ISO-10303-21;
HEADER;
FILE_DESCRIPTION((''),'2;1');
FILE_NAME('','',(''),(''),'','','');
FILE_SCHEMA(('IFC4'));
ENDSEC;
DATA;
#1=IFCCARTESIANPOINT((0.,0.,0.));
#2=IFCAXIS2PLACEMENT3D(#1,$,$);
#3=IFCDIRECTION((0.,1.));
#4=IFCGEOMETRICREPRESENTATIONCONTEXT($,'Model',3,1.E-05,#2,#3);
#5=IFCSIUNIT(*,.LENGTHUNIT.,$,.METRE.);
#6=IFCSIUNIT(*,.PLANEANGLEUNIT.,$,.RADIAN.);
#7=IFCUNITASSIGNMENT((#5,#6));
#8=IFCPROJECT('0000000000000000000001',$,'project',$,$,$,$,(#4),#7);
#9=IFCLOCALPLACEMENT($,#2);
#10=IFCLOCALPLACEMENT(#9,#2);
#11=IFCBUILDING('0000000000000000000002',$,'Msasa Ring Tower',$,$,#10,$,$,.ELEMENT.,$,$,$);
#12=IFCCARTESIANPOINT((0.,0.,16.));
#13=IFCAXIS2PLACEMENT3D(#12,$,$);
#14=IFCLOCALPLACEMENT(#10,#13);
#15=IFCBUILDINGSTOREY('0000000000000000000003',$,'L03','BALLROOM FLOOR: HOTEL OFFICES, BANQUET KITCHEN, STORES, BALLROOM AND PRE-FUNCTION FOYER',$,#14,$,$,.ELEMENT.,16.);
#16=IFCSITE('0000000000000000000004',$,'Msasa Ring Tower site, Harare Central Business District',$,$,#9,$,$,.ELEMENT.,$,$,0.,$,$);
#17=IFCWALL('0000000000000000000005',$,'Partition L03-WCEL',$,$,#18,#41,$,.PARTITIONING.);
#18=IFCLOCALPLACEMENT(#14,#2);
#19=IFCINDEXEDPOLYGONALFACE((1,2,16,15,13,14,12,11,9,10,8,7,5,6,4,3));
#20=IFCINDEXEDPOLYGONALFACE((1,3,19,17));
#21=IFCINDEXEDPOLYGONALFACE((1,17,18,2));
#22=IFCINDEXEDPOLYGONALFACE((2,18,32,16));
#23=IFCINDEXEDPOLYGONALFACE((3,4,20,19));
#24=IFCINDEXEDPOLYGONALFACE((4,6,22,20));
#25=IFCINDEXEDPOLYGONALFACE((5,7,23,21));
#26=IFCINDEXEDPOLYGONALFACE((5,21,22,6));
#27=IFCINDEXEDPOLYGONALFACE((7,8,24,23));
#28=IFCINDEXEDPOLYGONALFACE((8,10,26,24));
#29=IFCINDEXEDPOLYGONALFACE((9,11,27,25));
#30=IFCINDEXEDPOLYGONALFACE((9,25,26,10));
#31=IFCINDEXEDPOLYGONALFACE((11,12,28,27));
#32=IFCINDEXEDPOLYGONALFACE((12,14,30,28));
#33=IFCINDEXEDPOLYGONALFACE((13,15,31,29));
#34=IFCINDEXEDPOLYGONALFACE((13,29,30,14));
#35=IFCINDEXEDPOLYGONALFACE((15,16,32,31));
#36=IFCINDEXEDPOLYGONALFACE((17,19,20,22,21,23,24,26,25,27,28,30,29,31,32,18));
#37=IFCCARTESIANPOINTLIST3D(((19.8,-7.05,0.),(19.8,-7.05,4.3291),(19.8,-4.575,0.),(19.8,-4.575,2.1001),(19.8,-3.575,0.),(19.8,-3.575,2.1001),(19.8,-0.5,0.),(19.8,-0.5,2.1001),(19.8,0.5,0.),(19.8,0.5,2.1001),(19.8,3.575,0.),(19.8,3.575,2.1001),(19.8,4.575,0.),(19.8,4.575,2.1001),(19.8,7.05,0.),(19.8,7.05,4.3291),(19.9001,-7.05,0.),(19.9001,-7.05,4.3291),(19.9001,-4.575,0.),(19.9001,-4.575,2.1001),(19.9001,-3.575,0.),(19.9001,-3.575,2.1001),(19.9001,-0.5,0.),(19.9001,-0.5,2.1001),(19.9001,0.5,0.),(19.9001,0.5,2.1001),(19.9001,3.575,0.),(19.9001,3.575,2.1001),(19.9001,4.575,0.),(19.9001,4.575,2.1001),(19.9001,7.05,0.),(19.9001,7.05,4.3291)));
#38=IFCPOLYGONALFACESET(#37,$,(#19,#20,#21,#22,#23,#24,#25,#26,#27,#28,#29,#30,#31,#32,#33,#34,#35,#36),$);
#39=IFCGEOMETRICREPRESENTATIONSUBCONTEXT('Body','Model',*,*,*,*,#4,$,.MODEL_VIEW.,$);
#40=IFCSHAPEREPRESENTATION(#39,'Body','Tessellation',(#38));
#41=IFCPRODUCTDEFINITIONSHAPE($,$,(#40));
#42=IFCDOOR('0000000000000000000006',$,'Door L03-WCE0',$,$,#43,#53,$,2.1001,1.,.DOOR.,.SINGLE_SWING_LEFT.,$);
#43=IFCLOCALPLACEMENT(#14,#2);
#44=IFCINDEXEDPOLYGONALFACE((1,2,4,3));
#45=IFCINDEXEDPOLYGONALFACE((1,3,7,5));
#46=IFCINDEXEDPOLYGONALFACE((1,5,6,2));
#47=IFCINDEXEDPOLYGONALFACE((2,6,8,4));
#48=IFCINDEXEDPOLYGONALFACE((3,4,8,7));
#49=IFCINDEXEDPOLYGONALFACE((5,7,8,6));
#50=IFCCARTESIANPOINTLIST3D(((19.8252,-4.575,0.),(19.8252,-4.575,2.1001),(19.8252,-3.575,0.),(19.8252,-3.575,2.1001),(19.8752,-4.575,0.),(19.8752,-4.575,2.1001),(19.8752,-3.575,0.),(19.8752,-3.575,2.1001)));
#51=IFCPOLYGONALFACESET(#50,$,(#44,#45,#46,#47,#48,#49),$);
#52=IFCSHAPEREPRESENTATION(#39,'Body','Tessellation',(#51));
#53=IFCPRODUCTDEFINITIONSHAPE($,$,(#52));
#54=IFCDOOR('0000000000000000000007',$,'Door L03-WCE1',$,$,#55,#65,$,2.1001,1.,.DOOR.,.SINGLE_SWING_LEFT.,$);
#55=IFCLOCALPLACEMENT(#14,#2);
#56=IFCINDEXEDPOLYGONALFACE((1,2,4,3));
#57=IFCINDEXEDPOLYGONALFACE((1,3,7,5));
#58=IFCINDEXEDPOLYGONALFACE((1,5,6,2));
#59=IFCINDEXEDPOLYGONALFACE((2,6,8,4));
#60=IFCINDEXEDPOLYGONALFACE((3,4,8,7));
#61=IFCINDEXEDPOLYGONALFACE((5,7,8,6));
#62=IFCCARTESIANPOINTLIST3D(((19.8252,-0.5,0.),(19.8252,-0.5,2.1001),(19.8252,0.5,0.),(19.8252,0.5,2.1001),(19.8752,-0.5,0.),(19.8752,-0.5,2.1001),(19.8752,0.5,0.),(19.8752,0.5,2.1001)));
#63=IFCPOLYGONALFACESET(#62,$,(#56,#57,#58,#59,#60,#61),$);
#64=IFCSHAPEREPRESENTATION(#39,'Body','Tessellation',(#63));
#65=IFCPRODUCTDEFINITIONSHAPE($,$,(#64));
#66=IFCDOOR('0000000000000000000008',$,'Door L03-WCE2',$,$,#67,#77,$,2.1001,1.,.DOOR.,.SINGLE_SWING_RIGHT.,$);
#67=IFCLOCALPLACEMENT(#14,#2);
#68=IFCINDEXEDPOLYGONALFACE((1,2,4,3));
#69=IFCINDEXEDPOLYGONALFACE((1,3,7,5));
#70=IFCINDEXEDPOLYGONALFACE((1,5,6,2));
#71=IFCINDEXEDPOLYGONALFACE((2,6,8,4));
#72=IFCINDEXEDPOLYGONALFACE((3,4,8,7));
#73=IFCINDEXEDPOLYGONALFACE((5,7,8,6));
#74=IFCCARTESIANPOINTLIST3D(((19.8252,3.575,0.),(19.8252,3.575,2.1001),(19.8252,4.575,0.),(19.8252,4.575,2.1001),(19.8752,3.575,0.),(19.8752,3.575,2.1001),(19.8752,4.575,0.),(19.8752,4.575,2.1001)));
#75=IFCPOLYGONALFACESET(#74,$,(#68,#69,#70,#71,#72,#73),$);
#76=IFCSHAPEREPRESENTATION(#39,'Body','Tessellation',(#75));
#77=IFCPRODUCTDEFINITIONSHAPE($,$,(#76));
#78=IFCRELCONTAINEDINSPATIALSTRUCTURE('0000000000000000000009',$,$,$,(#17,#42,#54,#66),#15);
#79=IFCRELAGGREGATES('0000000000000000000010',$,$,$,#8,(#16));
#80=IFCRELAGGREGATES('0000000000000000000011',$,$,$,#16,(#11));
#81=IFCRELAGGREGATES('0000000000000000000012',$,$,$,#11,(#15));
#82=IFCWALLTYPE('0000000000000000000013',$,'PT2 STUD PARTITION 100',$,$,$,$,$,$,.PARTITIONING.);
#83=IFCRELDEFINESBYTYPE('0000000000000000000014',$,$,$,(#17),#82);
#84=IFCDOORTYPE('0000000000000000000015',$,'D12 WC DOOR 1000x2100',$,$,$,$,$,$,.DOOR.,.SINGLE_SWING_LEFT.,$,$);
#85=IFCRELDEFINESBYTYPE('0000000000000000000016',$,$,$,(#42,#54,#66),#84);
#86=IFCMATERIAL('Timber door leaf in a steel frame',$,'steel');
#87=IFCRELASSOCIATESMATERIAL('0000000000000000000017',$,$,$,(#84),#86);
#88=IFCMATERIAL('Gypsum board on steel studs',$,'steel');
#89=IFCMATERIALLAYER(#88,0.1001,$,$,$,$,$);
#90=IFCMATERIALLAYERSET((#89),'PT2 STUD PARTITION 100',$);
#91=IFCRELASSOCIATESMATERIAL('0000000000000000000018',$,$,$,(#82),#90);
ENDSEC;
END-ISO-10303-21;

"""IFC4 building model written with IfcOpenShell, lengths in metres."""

from ifc_helpers import new_model, si_unit, direction, frame, frame_2d, origin, place, context, subcontext, project, spatial, rectangle, extrude, material, layer, layer_set, type_object, element, fill, save


model = new_model("IFC4")

# Units and contexts
model_context = context("Model", 3, precision=1e-05, world=origin(), true_north=direction((0.0, 1.0)))
body_context = subcontext(model_context, "Body", "Model", "MODEL_VIEW")
ifc_project = project(units=[si_unit("LENGTHUNIT", "METRE"), si_unit("PLANEANGLEUNIT", "RADIAN")], contexts=[model_context])

# Site, building, storey
site_placement = place(None, origin())
site = spatial("IfcSite", under=ifc_project, at=site_placement, Name="Msasa Ring Tower site, Harare Central Business District", CompositionType="ELEMENT", RefElevation=0.0)
building_placement = place(site_placement, origin())
building = spatial("IfcBuilding", under=site, at=building_placement, Name="Msasa Ring Tower", CompositionType="ELEMENT")
storey_placement = place(building_placement, frame((0.0, 0.0, 16.0)))
storey = spatial("IfcBuildingStorey", under=building, at=storey_placement, Name="L03", Description="BALLROOM FLOOR: HOTEL OFFICES, BANQUET KITCHEN, STORES, BALLROOM AND PRE-FUNCTION FOYER", CompositionType="ELEMENT", Elevation=16.0)

# Shared definitions
ifc_material_1 = material(Name="Timber door leaf in a steel frame", Category="steel")
door_type_1 = type_object("IfcDoorType", Name="D12 WC DOOR 1000x2100", OperationType="SINGLE_SWING_LEFT", PredefinedType="DOOR", material=ifc_material_1)

# Shared definitions
ifc_material_2 = material(Name="Gypsum board on steel studs", Category="steel")
ifc_layer_1 = layer(ifc_material_2, 0.1001)
ifc_layer_set_1 = layer_set([ifc_layer_1], Name="PT2 STUD PARTITION 100")
wall_type_1 = type_object("IfcWallType", Name="PT2 STUD PARTITION 100", PredefinedType="PARTITIONING", material=ifc_layer_set_1)

# Wall, openings, doors
wall_1_placement = place(storey_placement, frame((19.8501, -7.05, 0.0), z_axis=(0.0, 0.0, 1.0), x_axis=(0.0, 1.0, 0.0)))
wall_1 = element("IfcWall", 1, at=wall_1_placement, inside=storey, type_object=wall_type_1, Name="Partition L03-WCEL", PredefinedType="PARTITIONING", context=body_context, shape_type="SweptSolid", body=[
    extrude(rectangle(XDim=14.1001, YDim=0.1001, at=frame_2d((7.05, 0.0))), origin(), (0.0, 0.0, 1.0), 4.3291),
])
opening_1_placement = place(wall_1_placement, frame((2.4751, 0.0, 0.0)))
opening_1 = element("IfcOpeningElement", 2, at=opening_1_placement, cuts=wall_1, PredefinedType="OPENING", context=body_context, shape_type="SweptSolid", body=[
    extrude(rectangle(XDim=1.0, YDim=2.1001, at=frame_2d((0.5, 1.05))), frame((0.0, 0.0601, 0.0), z_axis=(0.0, -1.0, 0.0), x_axis=(1.0, 0.0, 0.0)), (0.0, 0.0, 1.0), 0.1201),
])
opening_2_placement = place(wall_1_placement, frame((6.55, 0.0, 0.0)))
opening_2 = element("IfcOpeningElement", 3, at=opening_2_placement, cuts=wall_1, PredefinedType="OPENING", context=body_context, shape_type="SweptSolid", body=[
    extrude(rectangle(XDim=1.0, YDim=2.1001, at=frame_2d((0.5, 1.05))), frame((0.0, 0.0601, 0.0), z_axis=(0.0, -1.0, 0.0), x_axis=(1.0, 0.0, 0.0)), (0.0, 0.0, 1.0), 0.1201),
])
opening_3_placement = place(wall_1_placement, frame((10.625, 0.0, 0.0)))
opening_3 = element("IfcOpeningElement", 4, at=opening_3_placement, cuts=wall_1, PredefinedType="OPENING", context=body_context, shape_type="SweptSolid", body=[
    extrude(rectangle(XDim=1.0, YDim=2.1001, at=frame_2d((0.5, 1.05))), frame((0.0, 0.0601, 0.0), z_axis=(0.0, -1.0, 0.0), x_axis=(1.0, 0.0, 0.0)), (0.0, 0.0, 1.0), 0.1201),
])
door_1_placement = place(opening_1_placement, origin())
door_1 = element("IfcDoor", 5, at=door_1_placement, inside=storey, type_object=door_type_1, Name="Door L03-WCE0", OperationType="SINGLE_SWING_LEFT", OverallHeight=2.1001, OverallWidth=1.0, PredefinedType="DOOR", context=body_context, shape_type="SweptSolid", body=[
    extrude(rectangle(XDim=1.0, YDim=2.1001, at=frame_2d((0.5, 1.05))), frame((0.0, 0.0249, 0.0), z_axis=(0.0, -1.0, 0.0), x_axis=(1.0, 0.0, 0.0)), (0.0, 0.0, 1.0), 0.05),
])
fill(opening_1, door_1)
door_2_placement = place(opening_2_placement, origin())
door_2 = element("IfcDoor", 6, at=door_2_placement, inside=storey, type_object=door_type_1, Name="Door L03-WCE1", OperationType="SINGLE_SWING_LEFT", OverallHeight=2.1001, OverallWidth=1.0, PredefinedType="DOOR", context=body_context, shape_type="SweptSolid", body=[
    extrude(rectangle(XDim=1.0, YDim=2.1001, at=frame_2d((0.5, 1.05))), frame((0.0, 0.0249, 0.0), z_axis=(0.0, -1.0, 0.0), x_axis=(1.0, 0.0, 0.0)), (0.0, 0.0, 1.0), 0.05),
])
fill(opening_2, door_2)
door_3_placement = place(opening_3_placement, origin())
door_3 = element("IfcDoor", 7, at=door_3_placement, inside=storey, type_object=door_type_1, Name="Door L03-WCE2", OperationType="SINGLE_SWING_RIGHT", OverallHeight=2.1001, OverallWidth=1.0, PredefinedType="DOOR", context=body_context, shape_type="SweptSolid", body=[
    extrude(rectangle(XDim=1.0, YDim=2.1001, at=frame_2d((0.5, 1.05))), frame((0.0, 0.0249, 0.0), z_axis=(0.0, -1.0, 0.0), x_axis=(1.0, 0.0, 0.0)), (0.0, 0.0, 1.0), 0.05),
])
fill(opening_3, door_3)

save(model, "model.ifc")
